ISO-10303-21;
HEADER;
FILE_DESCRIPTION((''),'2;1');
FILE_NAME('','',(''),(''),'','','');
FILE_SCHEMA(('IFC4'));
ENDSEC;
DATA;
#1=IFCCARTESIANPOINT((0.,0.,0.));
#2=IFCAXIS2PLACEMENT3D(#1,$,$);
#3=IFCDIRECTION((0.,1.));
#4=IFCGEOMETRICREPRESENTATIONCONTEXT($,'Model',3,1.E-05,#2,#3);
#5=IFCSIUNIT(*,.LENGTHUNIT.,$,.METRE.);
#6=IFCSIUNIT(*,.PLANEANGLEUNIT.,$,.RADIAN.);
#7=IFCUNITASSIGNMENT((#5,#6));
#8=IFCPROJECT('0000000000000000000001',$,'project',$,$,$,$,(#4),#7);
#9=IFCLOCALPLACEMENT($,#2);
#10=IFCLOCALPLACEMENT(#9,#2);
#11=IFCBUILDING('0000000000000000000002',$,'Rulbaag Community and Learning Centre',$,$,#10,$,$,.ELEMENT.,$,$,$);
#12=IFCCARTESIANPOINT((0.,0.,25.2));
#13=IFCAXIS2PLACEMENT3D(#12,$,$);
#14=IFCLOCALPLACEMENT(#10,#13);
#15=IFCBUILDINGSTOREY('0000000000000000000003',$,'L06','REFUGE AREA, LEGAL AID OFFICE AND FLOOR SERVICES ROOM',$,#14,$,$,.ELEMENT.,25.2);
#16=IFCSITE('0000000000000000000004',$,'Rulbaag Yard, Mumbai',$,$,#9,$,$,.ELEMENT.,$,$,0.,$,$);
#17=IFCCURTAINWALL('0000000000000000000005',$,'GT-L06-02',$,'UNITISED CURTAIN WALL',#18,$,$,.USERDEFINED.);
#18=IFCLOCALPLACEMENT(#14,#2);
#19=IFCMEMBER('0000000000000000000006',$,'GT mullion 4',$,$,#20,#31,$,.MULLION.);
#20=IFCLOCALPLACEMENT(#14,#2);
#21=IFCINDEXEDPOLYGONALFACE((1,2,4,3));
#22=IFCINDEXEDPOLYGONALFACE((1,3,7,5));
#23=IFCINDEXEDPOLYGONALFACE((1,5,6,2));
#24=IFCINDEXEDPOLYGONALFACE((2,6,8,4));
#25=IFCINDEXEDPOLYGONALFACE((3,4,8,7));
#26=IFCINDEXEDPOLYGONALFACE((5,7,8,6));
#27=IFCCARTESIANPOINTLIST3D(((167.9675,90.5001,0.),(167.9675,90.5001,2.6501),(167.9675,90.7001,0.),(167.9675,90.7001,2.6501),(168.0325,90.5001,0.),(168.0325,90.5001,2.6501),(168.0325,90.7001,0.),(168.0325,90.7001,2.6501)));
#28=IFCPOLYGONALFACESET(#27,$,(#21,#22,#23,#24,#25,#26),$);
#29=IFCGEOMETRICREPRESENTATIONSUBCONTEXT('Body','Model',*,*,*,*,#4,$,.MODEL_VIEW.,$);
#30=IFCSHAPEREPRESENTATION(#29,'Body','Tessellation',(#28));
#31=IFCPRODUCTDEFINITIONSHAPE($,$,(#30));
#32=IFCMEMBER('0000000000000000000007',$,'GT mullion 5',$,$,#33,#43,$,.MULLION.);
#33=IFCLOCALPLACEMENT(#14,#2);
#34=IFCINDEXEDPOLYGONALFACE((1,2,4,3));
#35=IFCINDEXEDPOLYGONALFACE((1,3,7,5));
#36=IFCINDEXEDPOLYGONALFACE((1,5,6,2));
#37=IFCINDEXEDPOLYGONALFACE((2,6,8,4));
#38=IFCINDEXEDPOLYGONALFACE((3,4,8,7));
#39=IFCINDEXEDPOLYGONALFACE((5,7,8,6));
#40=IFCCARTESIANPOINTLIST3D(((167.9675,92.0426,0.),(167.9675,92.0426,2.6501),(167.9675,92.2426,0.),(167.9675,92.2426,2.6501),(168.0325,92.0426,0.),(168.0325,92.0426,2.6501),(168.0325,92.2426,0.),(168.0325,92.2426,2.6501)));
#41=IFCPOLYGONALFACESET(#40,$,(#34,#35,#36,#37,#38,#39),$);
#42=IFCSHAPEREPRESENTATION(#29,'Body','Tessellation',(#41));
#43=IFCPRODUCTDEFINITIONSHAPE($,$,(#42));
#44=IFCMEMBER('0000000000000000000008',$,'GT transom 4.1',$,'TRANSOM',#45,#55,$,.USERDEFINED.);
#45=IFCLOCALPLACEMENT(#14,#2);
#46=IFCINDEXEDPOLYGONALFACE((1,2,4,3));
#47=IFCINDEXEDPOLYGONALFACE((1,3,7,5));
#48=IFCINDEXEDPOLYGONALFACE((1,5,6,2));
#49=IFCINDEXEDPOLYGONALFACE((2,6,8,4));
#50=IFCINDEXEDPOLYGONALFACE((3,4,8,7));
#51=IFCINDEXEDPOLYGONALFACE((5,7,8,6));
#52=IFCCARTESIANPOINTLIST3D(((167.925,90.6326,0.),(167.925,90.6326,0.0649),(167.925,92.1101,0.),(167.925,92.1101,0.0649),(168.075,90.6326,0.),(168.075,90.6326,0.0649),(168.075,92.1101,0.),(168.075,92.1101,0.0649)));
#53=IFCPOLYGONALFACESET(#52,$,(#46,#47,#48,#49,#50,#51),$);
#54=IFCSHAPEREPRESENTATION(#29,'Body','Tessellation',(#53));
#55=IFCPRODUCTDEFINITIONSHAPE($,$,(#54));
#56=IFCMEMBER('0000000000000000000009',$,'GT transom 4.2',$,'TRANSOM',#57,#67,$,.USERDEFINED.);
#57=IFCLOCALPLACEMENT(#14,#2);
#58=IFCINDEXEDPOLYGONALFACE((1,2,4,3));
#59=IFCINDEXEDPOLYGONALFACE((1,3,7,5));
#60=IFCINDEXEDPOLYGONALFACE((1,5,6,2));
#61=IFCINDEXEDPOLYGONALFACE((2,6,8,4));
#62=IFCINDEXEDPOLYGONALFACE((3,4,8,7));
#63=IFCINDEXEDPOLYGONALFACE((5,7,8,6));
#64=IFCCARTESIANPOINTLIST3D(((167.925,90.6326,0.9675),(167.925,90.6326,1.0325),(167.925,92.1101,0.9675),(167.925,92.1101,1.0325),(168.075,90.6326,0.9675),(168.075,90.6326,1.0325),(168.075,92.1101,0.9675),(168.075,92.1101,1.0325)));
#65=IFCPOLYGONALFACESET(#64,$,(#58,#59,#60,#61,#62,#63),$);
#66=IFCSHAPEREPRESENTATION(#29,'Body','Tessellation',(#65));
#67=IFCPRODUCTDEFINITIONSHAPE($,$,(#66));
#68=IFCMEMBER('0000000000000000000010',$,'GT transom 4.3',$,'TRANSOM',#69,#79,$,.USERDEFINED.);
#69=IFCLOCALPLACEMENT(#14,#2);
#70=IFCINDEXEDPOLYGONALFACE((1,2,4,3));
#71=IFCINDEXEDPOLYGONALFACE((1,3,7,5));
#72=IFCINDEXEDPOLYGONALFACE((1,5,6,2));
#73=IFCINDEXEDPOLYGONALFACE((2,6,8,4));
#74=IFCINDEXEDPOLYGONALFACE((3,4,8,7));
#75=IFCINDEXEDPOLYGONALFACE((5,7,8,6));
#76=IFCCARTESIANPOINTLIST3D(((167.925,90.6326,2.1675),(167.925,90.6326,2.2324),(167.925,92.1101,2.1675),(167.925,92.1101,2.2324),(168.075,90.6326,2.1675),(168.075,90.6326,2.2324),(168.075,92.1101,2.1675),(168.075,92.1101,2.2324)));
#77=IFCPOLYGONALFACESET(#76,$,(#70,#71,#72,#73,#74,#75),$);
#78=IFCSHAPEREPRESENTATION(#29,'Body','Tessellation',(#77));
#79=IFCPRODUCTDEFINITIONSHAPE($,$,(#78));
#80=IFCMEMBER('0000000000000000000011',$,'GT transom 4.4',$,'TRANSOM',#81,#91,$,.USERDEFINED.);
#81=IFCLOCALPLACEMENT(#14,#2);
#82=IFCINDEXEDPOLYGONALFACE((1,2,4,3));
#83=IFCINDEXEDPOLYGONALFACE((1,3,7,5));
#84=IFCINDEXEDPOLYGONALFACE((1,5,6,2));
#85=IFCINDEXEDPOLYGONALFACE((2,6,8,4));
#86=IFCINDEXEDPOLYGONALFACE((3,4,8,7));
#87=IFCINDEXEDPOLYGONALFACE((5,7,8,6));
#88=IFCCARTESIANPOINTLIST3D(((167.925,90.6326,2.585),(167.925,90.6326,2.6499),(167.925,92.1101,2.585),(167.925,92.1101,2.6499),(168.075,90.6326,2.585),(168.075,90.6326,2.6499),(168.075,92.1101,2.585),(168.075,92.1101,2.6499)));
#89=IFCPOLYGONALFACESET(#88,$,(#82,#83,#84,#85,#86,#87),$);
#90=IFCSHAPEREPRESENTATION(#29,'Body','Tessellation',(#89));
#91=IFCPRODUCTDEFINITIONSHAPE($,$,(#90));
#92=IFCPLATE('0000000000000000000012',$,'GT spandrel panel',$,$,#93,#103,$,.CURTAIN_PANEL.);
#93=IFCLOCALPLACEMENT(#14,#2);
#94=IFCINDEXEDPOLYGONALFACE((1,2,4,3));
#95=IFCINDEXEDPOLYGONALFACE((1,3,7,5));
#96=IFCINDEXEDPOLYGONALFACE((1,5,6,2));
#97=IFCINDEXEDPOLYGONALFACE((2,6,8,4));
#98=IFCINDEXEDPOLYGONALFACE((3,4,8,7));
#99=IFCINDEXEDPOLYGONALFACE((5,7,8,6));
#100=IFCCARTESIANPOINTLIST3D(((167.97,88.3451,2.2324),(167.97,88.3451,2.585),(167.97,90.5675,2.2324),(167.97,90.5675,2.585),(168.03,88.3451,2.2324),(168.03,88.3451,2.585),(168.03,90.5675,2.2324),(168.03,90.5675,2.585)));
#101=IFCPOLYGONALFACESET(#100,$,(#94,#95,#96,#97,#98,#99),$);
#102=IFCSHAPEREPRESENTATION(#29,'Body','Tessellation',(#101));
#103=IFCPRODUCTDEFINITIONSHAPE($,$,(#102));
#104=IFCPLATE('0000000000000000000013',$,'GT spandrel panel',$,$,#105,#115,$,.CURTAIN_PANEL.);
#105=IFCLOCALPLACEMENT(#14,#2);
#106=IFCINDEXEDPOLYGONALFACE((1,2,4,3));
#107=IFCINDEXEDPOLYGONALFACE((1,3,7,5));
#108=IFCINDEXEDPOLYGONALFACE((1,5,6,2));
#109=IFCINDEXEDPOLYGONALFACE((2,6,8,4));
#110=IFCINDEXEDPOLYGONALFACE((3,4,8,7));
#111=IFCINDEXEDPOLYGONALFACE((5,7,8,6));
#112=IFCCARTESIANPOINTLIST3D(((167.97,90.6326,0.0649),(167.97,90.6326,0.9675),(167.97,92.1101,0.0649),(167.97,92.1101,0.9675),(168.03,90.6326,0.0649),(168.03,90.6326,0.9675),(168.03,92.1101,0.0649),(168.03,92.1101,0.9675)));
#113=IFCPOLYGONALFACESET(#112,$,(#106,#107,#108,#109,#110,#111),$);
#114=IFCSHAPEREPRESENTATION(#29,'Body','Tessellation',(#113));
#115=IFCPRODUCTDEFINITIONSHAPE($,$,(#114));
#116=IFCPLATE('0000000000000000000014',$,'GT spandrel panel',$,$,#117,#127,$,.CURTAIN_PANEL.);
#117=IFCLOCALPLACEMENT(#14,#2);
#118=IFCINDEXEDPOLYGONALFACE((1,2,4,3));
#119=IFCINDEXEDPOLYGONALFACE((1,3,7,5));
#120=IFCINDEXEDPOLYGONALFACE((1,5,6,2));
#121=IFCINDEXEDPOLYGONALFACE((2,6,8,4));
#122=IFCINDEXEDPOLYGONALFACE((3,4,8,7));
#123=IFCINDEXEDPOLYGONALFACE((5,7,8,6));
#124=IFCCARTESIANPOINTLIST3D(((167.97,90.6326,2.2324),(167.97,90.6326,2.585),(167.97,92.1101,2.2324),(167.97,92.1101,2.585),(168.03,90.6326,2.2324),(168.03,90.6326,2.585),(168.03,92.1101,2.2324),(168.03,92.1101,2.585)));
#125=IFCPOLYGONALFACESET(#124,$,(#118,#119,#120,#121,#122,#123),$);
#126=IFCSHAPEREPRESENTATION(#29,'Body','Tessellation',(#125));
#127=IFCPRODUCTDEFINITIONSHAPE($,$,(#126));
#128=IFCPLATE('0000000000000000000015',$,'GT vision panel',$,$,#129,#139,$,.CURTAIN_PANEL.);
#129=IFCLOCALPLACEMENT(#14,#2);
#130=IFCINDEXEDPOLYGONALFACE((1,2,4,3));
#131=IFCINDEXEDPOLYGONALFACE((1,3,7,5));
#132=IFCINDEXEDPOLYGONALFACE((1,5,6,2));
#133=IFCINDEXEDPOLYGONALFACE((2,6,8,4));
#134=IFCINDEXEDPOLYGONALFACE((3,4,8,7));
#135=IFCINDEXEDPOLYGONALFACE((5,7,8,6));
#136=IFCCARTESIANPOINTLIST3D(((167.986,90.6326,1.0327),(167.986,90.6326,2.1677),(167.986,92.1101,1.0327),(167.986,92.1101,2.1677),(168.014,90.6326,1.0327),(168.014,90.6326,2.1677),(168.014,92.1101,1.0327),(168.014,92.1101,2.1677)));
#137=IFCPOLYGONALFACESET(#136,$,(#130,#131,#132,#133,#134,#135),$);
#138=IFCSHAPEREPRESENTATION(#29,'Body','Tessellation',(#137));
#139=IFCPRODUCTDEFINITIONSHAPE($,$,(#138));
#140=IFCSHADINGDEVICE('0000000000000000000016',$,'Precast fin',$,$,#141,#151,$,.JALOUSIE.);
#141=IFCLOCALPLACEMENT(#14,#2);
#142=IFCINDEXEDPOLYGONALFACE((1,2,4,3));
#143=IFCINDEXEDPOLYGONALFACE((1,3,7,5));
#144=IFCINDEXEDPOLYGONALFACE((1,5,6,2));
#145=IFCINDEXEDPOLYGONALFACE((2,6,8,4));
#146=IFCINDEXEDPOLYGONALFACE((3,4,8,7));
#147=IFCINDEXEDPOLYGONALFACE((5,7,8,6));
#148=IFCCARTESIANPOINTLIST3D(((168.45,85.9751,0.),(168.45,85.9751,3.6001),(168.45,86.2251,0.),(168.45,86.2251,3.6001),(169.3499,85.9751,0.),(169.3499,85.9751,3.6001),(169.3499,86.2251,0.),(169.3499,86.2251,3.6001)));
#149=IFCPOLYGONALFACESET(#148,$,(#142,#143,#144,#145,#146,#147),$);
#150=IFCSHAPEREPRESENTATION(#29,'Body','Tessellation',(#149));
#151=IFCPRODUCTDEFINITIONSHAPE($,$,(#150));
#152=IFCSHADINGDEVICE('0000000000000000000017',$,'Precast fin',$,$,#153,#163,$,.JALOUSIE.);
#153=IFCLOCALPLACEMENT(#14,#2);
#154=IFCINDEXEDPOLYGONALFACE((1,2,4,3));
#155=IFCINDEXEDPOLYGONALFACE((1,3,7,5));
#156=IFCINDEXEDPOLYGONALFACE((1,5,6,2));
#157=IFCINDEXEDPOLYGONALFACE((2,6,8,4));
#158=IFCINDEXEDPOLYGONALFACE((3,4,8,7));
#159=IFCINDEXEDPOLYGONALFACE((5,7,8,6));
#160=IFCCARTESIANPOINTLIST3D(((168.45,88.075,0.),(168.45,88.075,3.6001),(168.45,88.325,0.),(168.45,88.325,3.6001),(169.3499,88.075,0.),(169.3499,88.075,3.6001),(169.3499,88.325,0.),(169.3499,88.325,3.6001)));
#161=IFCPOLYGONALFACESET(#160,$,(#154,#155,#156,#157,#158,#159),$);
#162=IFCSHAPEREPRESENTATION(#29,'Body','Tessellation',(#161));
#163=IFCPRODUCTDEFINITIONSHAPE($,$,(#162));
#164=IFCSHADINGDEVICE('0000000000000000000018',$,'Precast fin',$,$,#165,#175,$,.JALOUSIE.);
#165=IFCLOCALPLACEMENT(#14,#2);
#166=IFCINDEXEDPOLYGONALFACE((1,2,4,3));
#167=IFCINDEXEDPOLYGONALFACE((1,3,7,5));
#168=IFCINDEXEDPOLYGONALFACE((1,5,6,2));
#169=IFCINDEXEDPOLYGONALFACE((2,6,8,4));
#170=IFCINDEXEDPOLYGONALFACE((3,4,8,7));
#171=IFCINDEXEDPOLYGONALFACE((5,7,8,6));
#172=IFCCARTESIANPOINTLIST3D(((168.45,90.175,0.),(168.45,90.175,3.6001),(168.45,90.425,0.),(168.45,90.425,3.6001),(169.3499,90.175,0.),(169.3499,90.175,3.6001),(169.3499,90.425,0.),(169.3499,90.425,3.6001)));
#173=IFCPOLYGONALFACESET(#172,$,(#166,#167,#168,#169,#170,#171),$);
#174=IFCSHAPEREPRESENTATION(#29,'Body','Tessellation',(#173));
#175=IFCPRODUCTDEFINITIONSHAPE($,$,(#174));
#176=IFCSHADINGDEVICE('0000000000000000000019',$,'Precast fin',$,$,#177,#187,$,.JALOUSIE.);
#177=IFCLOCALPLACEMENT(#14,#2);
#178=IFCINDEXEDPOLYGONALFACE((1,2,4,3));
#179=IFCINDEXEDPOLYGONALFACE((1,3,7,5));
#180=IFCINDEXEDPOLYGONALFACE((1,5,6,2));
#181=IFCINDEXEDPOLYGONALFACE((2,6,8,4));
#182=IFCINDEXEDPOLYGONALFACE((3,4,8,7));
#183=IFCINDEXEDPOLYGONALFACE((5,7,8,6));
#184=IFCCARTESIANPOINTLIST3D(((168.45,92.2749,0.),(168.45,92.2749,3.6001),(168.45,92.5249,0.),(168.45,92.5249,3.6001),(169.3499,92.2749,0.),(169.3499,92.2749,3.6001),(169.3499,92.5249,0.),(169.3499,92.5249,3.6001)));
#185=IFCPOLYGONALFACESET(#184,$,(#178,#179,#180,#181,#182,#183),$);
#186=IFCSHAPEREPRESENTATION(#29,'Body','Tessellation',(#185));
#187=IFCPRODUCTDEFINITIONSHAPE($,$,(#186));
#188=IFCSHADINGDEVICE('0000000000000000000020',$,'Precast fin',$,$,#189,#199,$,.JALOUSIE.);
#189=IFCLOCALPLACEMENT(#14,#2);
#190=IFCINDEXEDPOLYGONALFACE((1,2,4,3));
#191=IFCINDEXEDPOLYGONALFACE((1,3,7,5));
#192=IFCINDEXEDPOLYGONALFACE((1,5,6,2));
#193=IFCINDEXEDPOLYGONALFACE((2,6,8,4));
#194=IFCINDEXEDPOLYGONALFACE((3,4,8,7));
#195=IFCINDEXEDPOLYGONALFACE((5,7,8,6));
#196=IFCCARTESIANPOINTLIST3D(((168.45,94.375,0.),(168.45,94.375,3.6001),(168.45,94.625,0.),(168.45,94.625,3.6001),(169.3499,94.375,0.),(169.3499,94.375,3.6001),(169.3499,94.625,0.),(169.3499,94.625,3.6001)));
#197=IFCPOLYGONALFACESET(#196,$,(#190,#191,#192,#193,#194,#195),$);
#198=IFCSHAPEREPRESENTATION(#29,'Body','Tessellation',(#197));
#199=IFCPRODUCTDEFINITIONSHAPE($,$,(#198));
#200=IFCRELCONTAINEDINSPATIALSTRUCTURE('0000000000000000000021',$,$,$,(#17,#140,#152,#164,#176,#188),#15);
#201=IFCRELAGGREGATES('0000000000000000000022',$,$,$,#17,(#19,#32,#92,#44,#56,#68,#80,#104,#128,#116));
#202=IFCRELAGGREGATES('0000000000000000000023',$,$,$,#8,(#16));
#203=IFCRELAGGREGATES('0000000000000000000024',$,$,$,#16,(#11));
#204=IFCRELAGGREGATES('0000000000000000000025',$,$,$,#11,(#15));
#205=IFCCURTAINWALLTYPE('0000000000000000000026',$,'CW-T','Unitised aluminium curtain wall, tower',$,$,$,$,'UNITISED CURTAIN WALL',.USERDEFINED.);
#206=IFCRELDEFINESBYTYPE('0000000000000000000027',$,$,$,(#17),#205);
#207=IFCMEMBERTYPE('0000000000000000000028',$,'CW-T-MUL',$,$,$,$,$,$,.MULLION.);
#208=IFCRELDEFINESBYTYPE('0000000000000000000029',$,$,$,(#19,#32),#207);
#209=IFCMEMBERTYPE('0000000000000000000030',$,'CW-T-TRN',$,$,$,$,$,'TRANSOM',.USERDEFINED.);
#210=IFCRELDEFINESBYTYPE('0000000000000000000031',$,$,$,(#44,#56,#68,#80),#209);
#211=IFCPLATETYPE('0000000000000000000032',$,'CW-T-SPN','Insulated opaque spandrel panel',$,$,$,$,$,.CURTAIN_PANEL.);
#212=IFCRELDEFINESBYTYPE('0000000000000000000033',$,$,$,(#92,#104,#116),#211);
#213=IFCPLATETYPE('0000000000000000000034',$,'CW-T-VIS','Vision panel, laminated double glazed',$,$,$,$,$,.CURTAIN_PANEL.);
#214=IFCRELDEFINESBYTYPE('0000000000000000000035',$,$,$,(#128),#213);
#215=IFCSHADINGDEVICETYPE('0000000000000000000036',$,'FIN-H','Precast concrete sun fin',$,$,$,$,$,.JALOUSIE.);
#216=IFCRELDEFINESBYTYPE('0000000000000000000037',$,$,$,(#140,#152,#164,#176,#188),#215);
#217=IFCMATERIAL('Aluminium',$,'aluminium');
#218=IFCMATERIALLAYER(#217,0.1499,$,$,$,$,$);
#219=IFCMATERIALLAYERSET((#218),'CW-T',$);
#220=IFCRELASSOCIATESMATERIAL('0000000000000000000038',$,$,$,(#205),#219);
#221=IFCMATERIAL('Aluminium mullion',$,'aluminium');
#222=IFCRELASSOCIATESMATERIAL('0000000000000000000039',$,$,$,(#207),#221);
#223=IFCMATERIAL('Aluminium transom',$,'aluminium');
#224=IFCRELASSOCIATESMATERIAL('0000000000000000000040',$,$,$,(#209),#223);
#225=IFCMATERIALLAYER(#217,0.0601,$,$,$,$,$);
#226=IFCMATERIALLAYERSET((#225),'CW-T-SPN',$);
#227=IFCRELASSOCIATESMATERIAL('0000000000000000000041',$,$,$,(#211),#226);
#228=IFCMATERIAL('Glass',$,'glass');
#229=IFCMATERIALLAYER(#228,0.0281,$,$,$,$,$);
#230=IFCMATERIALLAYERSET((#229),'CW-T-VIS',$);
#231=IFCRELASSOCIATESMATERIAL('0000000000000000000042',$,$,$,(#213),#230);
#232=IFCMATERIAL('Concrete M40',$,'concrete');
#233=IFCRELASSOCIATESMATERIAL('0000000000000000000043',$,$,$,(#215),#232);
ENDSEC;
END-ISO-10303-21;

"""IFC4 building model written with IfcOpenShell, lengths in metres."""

from ifc_helpers import new_model, si_unit, direction, frame, origin, origin_2d, place, context, subcontext, project, spatial, rectangle, extrude, material, layer, layer_set, material_profile, profile_set, type_object, element, aggregate, save


model = new_model("IFC4")

# Units and contexts
model_context = context("Model", 3, precision=1e-05, world=origin(), true_north=direction((0.0, 1.0)))
body_context = subcontext(model_context, "Body", "Model", "MODEL_VIEW")
ifc_project = project(units=[si_unit("LENGTHUNIT", "METRE"), si_unit("PLANEANGLEUNIT", "RADIAN")], contexts=[model_context])

# Site, building, storey
site_placement = place(None, origin())
site = spatial("IfcSite", under=ifc_project, at=site_placement, Name="Rulbaag Yard, Mumbai", CompositionType="ELEMENT", RefElevation=0.0)
building_placement = place(site_placement, origin())
building = spatial("IfcBuilding", under=site, at=building_placement, Name="Rulbaag Community and Learning Centre", CompositionType="ELEMENT")
storey_placement = place(building_placement, frame((0.0, 0.0, 25.2)))
storey = spatial("IfcBuildingStorey", under=building, at=storey_placement, Name="L06", Description="REFUGE AREA, LEGAL AID OFFICE AND FLOOR SERVICES ROOM", CompositionType="ELEMENT", Elevation=25.2)

# Curtain wall, members, plates
ifc_material_1 = material(Name="Aluminium", Category="aluminium")
ifc_layer_1 = layer(ifc_material_1, 0.1499)
ifc_layer_set_1 = layer_set([ifc_layer_1], Name="CW-T")
curtain_wall_type = type_object("IfcCurtainWallType", Name="CW-T", Description="Unitised aluminium curtain wall, tower", ElementType="UNITISED CURTAIN WALL", PredefinedType="USERDEFINED", material=ifc_layer_set_1)
curtain_wall_placement = place(storey_placement, origin())
curtain_wall = element("IfcCurtainWall", 1, at=curtain_wall_placement, inside=storey, type_object=curtain_wall_type, Name="GT-L06-02", ObjectType="UNITISED CURTAIN WALL", PredefinedType="USERDEFINED")
ifc_material_2 = material(Name="Aluminium mullion", Category="aluminium")
ifc_material_profile_1 = material_profile(ifc_material_2, rectangle(XDim=0.0649, YDim=0.2, at=origin_2d()), Name="AL 65x200")
ifc_profile_set_1 = profile_set([ifc_material_profile_1], Name="Aluminium mullion")
member_type_1 = type_object("IfcMemberType", Name="CW-T-MUL", PredefinedType="MULLION", material=ifc_profile_set_1)
member_1_placement = place(storey_placement, frame((168.0, 90.6001, 0.0), z_axis=(0.0, 0.0, 1.0), x_axis=(-1.0, 0.0, 0.0)))
member_1 = element("IfcMember", 2, at=member_1_placement, type_object=member_type_1, Name="GT mullion 4", PredefinedType="MULLION", context=body_context, shape_type="SweptSolid", body=[
    extrude(rectangle(XDim=0.0649, YDim=0.2, at=origin_2d()), origin(), (0.0, 0.0, 1.0), 2.6501),
])
member_2_placement = place(storey_placement, frame((168.0, 92.1426, 0.0), z_axis=(0.0, 0.0, 1.0), x_axis=(-1.0, 0.0, 0.0)))
member_2 = element("IfcMember", 3, at=member_2_placement, type_object=member_type_1, Name="GT mullion 5", PredefinedType="MULLION", context=body_context, shape_type="SweptSolid", body=[
    extrude(rectangle(XDim=0.0649, YDim=0.2, at=origin_2d()), origin(), (0.0, 0.0, 1.0), 2.6501),
])
ifc_material_3 = material(Name="Aluminium transom", Category="aluminium")
ifc_material_profile_2 = material_profile(ifc_material_3, rectangle(XDim=0.1499, YDim=0.0649, at=origin_2d()), Name="AL 65x150 T")
ifc_profile_set_2 = profile_set([ifc_material_profile_2], Name="Aluminium transom")
member_type_2 = type_object("IfcMemberType", Name="CW-T-TRN", ElementType="TRANSOM", PredefinedType="USERDEFINED", material=ifc_profile_set_2)
member_3_placement = place(storey_placement, frame((168.0, 90.6326, 0.0325), z_axis=(0.0, 1.0, 0.0), x_axis=(-1.0, 0.0, 0.0)))
member_3 = element("IfcMember", 4, at=member_3_placement, type_object=member_type_2, Name="GT transom 4.1", ObjectType="TRANSOM", PredefinedType="USERDEFINED", context=body_context, shape_type="SweptSolid", body=[
    extrude(rectangle(XDim=0.1499, YDim=0.0649, at=origin_2d()), origin(), (0.0, 0.0, 1.0), 1.4775),
])
member_4_placement = place(storey_placement, frame((168.0, 90.6326, 1.0), z_axis=(0.0, 1.0, 0.0), x_axis=(-1.0, 0.0, 0.0)))
member_4 = element("IfcMember", 5, at=member_4_placement, type_object=member_type_2, Name="GT transom 4.2", ObjectType="TRANSOM", PredefinedType="USERDEFINED", context=body_context, shape_type="SweptSolid", body=[
    extrude(rectangle(XDim=0.1499, YDim=0.0649, at=origin_2d()), origin(), (0.0, 0.0, 1.0), 1.4775),
])
member_5_placement = place(storey_placement, frame((168.0, 90.6326, 2.2), z_axis=(0.0, 1.0, 0.0), x_axis=(-1.0, 0.0, 0.0)))
member_5 = element("IfcMember", 6, at=member_5_placement, type_object=member_type_2, Name="GT transom 4.3", ObjectType="TRANSOM", PredefinedType="USERDEFINED", context=body_context, shape_type="SweptSolid", body=[
    extrude(rectangle(XDim=0.1499, YDim=0.0649, at=origin_2d()), origin(), (0.0, 0.0, 1.0), 1.4775),
])
member_6_placement = place(storey_placement, frame((168.0, 90.6326, 2.6174), z_axis=(0.0, 1.0, 0.0), x_axis=(-1.0, 0.0, 0.0)))
member_6 = element("IfcMember", 7, at=member_6_placement, type_object=member_type_2, Name="GT transom 4.4", ObjectType="TRANSOM", PredefinedType="USERDEFINED", context=body_context, shape_type="SweptSolid", body=[
    extrude(rectangle(XDim=0.1499, YDim=0.0649, at=origin_2d()), origin(), (0.0, 0.0, 1.0), 1.4775),
])
ifc_layer_2 = layer(ifc_material_1, 0.0601)
ifc_layer_set_2 = layer_set([ifc_layer_2], Name="CW-T-SPN")
plate_type_1 = type_object("IfcPlateType", Name="CW-T-SPN", Description="Insulated opaque spandrel panel", PredefinedType="CURTAIN_PANEL", material=ifc_layer_set_2)
plate_1_placement = place(storey_placement, frame((168.0, 89.4563, 2.2324), z_axis=(0.0, 0.0, 1.0), x_axis=(0.0, 1.0, 0.0)))
plate_1 = element("IfcPlate", 8, at=plate_1_placement, type_object=plate_type_1, Name="GT spandrel panel", PredefinedType="CURTAIN_PANEL", context=body_context, shape_type="SweptSolid", body=[
    extrude(rectangle(XDim=2.2224, YDim=0.0601, at=origin_2d()), origin(), (0.0, 0.0, 1.0), 0.3525),
])
plate_2_placement = place(storey_placement, frame((168.0, 91.3713, 0.0649), z_axis=(0.0, 0.0, 1.0), x_axis=(0.0, 1.0, 0.0)))
plate_2 = element("IfcPlate", 9, at=plate_2_placement, type_object=plate_type_1, Name="GT spandrel panel", PredefinedType="CURTAIN_PANEL", context=body_context, shape_type="SweptSolid", body=[
    extrude(rectangle(XDim=1.4775, YDim=0.0601, at=origin_2d()), origin(), (0.0, 0.0, 1.0), 0.9026),
])
plate_3_placement = place(storey_placement, frame((168.0, 91.3713, 2.2324), z_axis=(0.0, 0.0, 1.0), x_axis=(0.0, 1.0, 0.0)))
plate_3 = element("IfcPlate", 10, at=plate_3_placement, type_object=plate_type_1, Name="GT spandrel panel", PredefinedType="CURTAIN_PANEL", context=body_context, shape_type="SweptSolid", body=[
    extrude(rectangle(XDim=1.4775, YDim=0.0601, at=origin_2d()), origin(), (0.0, 0.0, 1.0), 0.3525),
])
ifc_material_4 = material(Name="Glass", Category="glass")
ifc_layer_3 = layer(ifc_material_4, 0.0281)
ifc_layer_set_3 = layer_set([ifc_layer_3], Name="CW-T-VIS")
plate_type_2 = type_object("IfcPlateType", Name="CW-T-VIS", Description="Vision panel, laminated double glazed", PredefinedType="CURTAIN_PANEL", material=ifc_layer_set_3)
plate_4_placement = place(storey_placement, frame((168.0, 91.3713, 1.0327), z_axis=(0.0, 0.0, 1.0), x_axis=(0.0, 1.0, 0.0)))
plate_4 = element("IfcPlate", 11, at=plate_4_placement, type_object=plate_type_2, Name="GT vision panel", PredefinedType="CURTAIN_PANEL", context=body_context, shape_type="SweptSolid", body=[
    extrude(rectangle(XDim=1.4775, YDim=0.0281, at=origin_2d()), origin(), (0.0, 0.0, 1.0), 1.135),
])
aggregate(curtain_wall, [member_1, member_2, plate_1, member_3, member_4, member_5, member_6, plate_2, plate_4, plate_3])

# Shading devices
ifc_material_5 = material(Name="Concrete M40", Category="concrete")
ifc_material_profile_3 = material_profile(ifc_material_5, rectangle(XDim=0.25, YDim=0.8999, at=origin_2d()), Name="PC 250x900")
ifc_profile_set_3 = profile_set([ifc_material_profile_3], Name="Concrete M40")
shading_device_type_1 = type_object("IfcShadingDeviceType", Name="FIN-H", Description="Precast concrete sun fin", PredefinedType="JALOUSIE", material=ifc_profile_set_3)
for number, where, z_axis, x_axis, name in (
    (12, (168.8999, 86.1001, 0.0), (0.0, 0.0, 1.0), (0.0, 1.0, 0.0), "Precast fin"),
    (13, (168.8999, 88.2, 0.0), (0.0, 0.0, 1.0), (0.0, 1.0, 0.0), "Precast fin"),
    (14, (168.8999, 90.3, 0.0), (0.0, 0.0, 1.0), (0.0, 1.0, 0.0), "Precast fin"),
    (15, (168.8999, 92.3999, 0.0), (0.0, 0.0, 1.0), (0.0, 1.0, 0.0), "Precast fin"),
    (16, (168.8999, 94.5, 0.0), (0.0, 0.0, 1.0), (0.0, 1.0, 0.0), "Precast fin"),
):
    element("IfcShadingDevice", number, at=place(storey_placement, frame(where, z_axis=z_axis, x_axis=x_axis)), inside=storey, type_object=shading_device_type_1, Name=name, PredefinedType="JALOUSIE", context=body_context, shape_type="SweptSolid", body=[
        extrude(rectangle(XDim=0.25, YDim=0.8999, at=origin_2d()), origin(), (0.0, 0.0, 1.0), 3.6001),
    ])

save(model, "model.ifc")
